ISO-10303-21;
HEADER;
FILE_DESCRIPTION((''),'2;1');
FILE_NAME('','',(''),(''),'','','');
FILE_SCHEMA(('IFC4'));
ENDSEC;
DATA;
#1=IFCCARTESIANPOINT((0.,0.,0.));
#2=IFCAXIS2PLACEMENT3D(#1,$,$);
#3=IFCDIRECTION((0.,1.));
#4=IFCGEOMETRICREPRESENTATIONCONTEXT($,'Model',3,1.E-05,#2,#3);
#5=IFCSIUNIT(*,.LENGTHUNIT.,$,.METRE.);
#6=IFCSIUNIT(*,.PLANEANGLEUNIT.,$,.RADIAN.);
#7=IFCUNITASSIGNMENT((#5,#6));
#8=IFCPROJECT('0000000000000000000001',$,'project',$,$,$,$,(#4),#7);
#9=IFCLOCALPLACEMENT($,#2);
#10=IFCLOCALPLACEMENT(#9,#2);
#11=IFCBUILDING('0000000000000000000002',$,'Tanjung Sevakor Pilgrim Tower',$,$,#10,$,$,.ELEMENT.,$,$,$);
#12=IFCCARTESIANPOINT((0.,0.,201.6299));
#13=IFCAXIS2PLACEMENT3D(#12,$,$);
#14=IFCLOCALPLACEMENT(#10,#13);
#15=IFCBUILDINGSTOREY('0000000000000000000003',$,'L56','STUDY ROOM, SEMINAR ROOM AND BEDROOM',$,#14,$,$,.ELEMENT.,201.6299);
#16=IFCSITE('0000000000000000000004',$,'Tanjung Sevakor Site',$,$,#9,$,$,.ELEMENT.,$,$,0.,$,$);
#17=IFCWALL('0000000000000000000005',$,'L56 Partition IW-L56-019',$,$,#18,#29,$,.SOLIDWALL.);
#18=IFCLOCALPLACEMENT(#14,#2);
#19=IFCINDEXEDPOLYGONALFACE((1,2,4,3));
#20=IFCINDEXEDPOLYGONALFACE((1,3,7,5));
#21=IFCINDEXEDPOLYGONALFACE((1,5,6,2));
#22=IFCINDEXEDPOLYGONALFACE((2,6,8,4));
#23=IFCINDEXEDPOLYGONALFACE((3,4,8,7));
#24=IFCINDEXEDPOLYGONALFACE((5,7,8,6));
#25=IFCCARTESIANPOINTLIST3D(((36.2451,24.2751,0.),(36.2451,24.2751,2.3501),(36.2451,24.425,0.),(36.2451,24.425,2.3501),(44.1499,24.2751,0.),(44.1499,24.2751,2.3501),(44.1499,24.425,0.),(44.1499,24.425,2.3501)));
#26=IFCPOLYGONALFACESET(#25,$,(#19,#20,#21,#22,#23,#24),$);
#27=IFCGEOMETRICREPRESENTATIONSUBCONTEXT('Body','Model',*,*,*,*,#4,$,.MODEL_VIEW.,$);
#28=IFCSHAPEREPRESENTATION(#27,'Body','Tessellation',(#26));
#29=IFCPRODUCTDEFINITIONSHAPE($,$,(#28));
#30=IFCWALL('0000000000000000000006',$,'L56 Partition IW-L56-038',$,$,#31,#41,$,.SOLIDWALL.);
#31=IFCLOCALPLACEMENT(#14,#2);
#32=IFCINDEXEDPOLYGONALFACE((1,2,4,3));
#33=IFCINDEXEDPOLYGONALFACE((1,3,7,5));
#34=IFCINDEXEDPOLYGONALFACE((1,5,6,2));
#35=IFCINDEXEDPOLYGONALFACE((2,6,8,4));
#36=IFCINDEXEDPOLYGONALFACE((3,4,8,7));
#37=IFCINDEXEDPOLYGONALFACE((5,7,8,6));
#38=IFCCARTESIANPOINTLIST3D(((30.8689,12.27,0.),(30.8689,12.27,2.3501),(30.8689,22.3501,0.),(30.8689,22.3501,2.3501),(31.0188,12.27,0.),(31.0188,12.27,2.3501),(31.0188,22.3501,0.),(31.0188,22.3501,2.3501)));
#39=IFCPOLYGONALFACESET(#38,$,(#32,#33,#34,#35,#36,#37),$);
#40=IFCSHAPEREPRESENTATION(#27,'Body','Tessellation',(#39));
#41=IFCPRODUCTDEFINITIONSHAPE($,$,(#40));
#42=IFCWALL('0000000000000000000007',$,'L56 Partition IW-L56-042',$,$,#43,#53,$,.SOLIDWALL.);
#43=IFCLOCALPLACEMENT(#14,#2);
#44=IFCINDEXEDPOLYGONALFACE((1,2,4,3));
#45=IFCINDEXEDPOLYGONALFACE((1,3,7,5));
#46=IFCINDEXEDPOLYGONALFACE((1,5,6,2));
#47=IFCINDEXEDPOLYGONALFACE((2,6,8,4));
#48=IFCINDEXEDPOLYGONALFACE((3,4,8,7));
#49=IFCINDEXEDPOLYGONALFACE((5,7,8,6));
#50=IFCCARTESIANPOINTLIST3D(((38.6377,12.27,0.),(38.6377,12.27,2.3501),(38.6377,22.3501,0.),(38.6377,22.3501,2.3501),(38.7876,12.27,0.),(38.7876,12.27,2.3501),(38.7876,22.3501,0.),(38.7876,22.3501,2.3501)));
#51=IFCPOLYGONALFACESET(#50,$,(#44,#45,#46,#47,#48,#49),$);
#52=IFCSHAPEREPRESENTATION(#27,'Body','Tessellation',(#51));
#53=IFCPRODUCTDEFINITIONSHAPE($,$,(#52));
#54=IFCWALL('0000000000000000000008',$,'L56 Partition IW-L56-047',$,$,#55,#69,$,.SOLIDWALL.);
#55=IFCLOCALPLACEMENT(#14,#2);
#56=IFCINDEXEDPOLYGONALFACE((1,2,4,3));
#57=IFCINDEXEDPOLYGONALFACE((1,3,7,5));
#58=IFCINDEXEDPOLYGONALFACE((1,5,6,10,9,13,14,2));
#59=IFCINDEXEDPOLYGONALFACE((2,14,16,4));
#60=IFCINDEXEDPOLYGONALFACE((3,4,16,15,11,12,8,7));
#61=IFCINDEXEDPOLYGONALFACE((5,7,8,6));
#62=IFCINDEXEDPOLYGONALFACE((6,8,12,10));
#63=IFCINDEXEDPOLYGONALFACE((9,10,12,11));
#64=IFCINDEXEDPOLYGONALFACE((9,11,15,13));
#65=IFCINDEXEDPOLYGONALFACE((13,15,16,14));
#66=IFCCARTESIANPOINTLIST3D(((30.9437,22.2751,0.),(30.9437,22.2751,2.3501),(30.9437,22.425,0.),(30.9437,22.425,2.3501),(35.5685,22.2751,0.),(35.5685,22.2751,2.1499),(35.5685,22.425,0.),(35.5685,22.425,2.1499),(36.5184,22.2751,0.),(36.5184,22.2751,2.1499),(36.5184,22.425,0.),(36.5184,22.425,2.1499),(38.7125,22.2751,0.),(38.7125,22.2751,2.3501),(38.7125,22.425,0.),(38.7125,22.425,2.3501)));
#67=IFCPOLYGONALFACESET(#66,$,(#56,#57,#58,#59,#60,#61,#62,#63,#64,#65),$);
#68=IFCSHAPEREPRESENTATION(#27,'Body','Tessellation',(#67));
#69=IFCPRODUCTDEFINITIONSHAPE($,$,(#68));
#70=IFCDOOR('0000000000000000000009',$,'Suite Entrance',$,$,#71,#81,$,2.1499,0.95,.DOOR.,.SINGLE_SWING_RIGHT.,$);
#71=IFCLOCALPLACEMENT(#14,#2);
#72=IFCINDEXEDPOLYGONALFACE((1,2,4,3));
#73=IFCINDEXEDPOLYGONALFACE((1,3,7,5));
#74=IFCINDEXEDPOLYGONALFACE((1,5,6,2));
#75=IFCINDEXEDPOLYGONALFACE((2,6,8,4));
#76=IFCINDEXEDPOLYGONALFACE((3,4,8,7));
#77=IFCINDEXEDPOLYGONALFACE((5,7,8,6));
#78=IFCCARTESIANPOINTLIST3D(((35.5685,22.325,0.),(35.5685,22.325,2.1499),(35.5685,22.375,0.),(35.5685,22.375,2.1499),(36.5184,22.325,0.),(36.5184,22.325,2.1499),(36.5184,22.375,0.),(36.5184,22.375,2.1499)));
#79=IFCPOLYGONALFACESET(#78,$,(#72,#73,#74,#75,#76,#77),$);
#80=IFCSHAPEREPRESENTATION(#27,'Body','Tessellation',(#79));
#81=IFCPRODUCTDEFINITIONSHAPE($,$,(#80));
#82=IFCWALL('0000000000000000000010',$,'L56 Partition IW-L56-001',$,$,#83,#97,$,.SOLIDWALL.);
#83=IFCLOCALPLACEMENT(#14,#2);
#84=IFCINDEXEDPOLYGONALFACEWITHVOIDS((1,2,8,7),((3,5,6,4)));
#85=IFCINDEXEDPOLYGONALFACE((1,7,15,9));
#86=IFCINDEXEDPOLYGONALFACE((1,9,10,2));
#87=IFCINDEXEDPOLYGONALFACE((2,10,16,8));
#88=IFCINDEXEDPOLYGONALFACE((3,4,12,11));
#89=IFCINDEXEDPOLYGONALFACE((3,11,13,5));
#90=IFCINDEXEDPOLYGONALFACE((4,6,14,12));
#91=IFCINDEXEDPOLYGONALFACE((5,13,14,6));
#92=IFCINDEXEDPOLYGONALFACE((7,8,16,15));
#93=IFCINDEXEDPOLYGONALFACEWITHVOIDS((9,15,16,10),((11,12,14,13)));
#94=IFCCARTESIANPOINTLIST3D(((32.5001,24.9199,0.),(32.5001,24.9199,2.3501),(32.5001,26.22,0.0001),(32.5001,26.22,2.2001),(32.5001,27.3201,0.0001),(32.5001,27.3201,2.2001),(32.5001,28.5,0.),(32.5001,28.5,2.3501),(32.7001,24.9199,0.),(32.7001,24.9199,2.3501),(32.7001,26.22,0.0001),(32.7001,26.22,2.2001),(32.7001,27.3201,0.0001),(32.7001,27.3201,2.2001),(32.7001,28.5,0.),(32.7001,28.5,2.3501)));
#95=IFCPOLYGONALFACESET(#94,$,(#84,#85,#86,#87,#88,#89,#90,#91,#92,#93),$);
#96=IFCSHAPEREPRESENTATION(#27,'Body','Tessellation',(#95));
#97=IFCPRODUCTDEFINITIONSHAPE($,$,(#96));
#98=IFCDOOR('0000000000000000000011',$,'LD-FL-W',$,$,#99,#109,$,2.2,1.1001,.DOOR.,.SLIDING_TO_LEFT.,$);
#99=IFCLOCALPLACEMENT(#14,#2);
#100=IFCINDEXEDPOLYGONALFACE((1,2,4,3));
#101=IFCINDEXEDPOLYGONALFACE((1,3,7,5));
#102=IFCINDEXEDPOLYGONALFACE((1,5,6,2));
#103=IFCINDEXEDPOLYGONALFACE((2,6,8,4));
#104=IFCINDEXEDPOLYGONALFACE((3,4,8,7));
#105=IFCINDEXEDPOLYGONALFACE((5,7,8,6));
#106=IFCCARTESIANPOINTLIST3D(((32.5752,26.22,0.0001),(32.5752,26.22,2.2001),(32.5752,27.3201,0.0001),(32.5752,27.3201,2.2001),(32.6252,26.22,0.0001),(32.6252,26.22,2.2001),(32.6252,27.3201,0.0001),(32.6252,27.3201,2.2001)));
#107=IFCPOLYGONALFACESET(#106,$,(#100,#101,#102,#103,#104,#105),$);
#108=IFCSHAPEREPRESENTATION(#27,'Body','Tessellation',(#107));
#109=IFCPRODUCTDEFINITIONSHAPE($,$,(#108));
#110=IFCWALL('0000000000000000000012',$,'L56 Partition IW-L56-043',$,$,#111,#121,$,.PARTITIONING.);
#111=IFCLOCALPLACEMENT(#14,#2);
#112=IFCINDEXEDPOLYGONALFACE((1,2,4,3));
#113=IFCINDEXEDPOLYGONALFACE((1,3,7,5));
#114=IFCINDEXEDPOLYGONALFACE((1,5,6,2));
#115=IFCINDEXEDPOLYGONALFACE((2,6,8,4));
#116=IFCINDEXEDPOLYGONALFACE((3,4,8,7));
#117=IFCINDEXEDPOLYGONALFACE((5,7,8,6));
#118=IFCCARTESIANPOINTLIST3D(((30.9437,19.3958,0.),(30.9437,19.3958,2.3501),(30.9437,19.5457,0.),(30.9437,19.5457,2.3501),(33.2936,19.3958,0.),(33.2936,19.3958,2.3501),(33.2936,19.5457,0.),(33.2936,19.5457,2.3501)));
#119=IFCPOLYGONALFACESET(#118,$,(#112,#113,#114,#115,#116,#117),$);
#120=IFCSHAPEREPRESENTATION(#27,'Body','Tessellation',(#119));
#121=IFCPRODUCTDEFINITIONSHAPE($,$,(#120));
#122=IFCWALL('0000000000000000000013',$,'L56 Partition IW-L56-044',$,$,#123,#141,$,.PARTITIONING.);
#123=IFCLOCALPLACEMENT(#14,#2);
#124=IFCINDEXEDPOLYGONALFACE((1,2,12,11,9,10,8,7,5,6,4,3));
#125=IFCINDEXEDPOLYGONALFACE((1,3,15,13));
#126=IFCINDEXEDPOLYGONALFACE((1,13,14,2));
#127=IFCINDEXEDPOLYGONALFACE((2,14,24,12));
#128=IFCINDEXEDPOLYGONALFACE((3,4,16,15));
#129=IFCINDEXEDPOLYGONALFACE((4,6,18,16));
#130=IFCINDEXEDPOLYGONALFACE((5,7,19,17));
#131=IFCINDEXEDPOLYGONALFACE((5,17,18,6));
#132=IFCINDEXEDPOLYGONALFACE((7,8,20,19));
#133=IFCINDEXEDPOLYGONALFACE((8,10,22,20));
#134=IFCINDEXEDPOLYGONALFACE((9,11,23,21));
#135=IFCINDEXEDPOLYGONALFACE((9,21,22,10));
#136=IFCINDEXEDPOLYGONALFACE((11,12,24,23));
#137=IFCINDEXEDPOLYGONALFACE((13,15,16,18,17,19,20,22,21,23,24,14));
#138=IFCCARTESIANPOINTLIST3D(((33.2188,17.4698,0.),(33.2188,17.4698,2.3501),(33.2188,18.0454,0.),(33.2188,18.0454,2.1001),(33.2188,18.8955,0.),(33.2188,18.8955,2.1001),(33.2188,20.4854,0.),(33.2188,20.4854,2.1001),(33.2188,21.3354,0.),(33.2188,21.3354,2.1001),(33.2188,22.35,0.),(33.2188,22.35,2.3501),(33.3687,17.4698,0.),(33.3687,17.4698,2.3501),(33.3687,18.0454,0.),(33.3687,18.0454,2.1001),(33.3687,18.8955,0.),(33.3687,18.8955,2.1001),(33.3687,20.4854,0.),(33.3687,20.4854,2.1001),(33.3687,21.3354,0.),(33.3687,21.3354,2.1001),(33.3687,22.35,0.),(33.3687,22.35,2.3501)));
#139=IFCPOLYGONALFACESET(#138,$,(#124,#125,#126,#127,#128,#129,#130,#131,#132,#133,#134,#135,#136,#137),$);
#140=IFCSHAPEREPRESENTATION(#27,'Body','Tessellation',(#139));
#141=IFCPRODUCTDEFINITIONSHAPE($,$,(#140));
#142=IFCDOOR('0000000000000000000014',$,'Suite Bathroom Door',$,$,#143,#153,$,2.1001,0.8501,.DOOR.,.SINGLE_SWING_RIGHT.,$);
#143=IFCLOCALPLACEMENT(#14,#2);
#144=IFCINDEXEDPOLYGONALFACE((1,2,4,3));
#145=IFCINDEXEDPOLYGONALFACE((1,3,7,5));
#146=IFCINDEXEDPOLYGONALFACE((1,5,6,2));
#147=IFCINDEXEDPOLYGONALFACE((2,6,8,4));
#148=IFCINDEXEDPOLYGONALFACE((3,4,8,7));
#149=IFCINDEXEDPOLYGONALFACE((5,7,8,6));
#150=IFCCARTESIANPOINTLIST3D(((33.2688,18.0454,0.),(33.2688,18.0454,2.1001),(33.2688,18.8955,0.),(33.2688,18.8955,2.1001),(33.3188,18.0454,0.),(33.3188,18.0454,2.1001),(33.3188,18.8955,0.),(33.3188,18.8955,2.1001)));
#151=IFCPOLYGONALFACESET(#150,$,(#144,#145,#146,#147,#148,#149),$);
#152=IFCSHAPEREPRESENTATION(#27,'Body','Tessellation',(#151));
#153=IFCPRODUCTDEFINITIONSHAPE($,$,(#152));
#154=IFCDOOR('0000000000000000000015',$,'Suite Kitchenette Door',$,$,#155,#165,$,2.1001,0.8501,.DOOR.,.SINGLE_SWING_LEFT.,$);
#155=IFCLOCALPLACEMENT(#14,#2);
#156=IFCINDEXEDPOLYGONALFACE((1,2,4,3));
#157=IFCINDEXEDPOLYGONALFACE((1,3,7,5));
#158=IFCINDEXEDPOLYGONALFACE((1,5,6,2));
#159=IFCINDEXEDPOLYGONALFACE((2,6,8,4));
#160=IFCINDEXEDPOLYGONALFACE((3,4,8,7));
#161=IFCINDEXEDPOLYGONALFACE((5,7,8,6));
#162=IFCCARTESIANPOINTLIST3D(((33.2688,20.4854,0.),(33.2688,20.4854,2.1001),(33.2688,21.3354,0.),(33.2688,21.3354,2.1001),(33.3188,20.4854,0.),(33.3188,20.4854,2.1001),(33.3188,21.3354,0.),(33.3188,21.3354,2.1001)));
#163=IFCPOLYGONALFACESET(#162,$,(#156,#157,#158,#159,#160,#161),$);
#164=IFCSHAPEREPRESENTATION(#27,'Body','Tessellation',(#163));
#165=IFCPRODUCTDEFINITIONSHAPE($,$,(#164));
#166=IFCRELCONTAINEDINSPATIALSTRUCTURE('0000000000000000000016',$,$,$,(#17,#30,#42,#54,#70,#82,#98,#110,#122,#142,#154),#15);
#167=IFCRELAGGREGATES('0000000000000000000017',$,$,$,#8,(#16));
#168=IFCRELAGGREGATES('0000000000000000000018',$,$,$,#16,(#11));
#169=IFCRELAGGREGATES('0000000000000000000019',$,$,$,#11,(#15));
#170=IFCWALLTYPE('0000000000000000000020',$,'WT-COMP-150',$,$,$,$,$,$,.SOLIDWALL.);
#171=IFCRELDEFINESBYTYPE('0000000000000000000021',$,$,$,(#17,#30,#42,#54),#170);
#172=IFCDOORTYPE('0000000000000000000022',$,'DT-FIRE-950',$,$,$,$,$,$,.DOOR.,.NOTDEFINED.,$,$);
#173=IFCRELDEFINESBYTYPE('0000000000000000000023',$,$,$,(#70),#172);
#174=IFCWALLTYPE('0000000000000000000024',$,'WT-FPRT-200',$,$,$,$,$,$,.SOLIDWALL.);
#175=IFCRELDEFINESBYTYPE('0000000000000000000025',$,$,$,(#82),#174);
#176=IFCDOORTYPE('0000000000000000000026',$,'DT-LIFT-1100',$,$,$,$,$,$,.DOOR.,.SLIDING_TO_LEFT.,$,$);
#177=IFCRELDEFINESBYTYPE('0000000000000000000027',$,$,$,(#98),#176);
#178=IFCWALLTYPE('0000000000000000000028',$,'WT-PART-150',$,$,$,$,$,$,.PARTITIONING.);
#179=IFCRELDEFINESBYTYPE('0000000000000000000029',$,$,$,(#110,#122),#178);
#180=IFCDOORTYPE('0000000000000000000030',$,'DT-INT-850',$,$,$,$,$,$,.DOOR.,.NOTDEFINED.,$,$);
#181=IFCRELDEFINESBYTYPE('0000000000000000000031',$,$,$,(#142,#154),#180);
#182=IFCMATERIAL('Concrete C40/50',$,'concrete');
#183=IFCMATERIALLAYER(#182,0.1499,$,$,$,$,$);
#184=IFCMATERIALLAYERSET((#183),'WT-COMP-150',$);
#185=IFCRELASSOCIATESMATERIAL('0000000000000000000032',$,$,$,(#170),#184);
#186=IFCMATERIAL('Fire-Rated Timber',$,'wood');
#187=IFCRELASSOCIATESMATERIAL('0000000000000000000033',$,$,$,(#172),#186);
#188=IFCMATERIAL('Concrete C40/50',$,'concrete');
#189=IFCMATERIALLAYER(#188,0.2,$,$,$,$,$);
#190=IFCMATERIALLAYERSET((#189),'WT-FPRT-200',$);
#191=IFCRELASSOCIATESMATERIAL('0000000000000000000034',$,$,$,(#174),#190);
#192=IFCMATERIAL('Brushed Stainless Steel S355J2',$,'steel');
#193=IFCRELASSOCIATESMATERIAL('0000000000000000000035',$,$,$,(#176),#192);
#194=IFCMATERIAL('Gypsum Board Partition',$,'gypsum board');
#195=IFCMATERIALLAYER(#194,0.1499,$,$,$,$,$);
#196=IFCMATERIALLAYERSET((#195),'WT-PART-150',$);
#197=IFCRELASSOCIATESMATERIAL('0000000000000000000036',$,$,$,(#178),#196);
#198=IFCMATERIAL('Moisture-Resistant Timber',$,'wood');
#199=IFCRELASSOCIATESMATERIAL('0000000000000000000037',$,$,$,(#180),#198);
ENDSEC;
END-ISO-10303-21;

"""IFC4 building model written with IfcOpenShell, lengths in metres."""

from ifc_helpers import new_model, si_unit, direction, frame, frame_2d, origin, place, context, subcontext, project, spatial, rectangle, extrude, material, layer, layer_set, type_object, element, fill, save


model = new_model("IFC4")

# Units and contexts
model_context = context("Model", 3, precision=1e-05, world=origin(), true_north=direction((0.0, 1.0)))
body_context = subcontext(model_context, "Body", "Model", "MODEL_VIEW")
ifc_project = project(units=[si_unit("LENGTHUNIT", "METRE"), si_unit("PLANEANGLEUNIT", "RADIAN")], contexts=[model_context])

# Site, building, storey
site_placement = place(None, origin())
site = spatial("IfcSite", under=ifc_project, at=site_placement, Name="Tanjung Sevakor Site", CompositionType="ELEMENT", RefElevation=0.0)
building_placement = place(site_placement, origin())
building = spatial("IfcBuilding", under=site, at=building_placement, Name="Tanjung Sevakor Pilgrim Tower", CompositionType="ELEMENT")
storey_placement = place(building_placement, frame((0.0, 0.0, 201.6299)))
storey = spatial("IfcBuildingStorey", under=building, at=storey_placement, Name="L56", Description="STUDY ROOM, SEMINAR ROOM AND BEDROOM", CompositionType="ELEMENT", Elevation=201.6299)

# Walls
ifc_material_1 = material(Name="Concrete C40/50", Category="concrete")
ifc_layer_1 = layer(ifc_material_1, 0.1499)
ifc_layer_set_1 = layer_set([ifc_layer_1], Name="WT-COMP-150")
wall_type_1 = type_object("IfcWallType", Name="WT-COMP-150", PredefinedType="SOLIDWALL", material=ifc_layer_set_1)
wall_1_placement = place(storey_placement, frame((36.2451, 24.3501, 0.0), z_axis=(0.0, 0.0, 1.0), x_axis=(1.0, 0.0, 0.0)))
element("IfcWall", 1, at=wall_1_placement, inside=storey, type_object=wall_type_1, Name="L56 Partition IW-L56-019", PredefinedType="SOLIDWALL", context=body_context, shape_type="SweptSolid", body=[
    extrude(rectangle(XDim=7.9048, YDim=0.1499, at=frame_2d((3.9524, 0.0))), origin(), (0.0, 0.0, 1.0), 2.3501),
])
for number, where, z_axis, x_axis, name in (
    (2, (30.9438, 12.27, 0.0), (0.0, 0.0, 1.0), (0.0, 1.0, 0.0), "L56 Partition IW-L56-038"),
    (3, (38.7126, 12.27, 0.0), (0.0, 0.0, 1.0), (0.0, 1.0, 0.0), "L56 Partition IW-L56-042"),
):
    element("IfcWall", number, at=place(storey_placement, frame(where, z_axis=z_axis, x_axis=x_axis)), inside=storey, type_object=wall_type_1, Name=name, PredefinedType="SOLIDWALL", context=body_context, shape_type="SweptSolid", body=[
        extrude(rectangle(XDim=10.0801, YDim=0.1499, at=frame_2d((5.04, 0.0))), origin(), (0.0, 0.0, 1.0), 2.3501),
    ])

# Walls, openings, doors
wall_2_placement = place(storey_placement, frame((30.9438, 22.3501, 0.0), z_axis=(0.0, 0.0, 1.0), x_axis=(1.0, 0.0, 0.0)))
wall_2 = element("IfcWall", 4, at=wall_2_placement, inside=storey, type_object=wall_type_1, Name="L56 Partition IW-L56-047", PredefinedType="SOLIDWALL", context=body_context, shape_type="SweptSolid", body=[
    extrude(rectangle(XDim=7.7688, YDim=0.1499, at=frame_2d((3.8843, 0.0))), origin(), (0.0, 0.0, 1.0), 2.3501),
])
opening_1_placement = place(wall_2_placement, frame((4.6245, 0.0, 0.0)))
opening_1 = element("IfcOpeningElement", 5, at=opening_1_placement, cuts=wall_2, PredefinedType="OPENING", context=body_context, shape_type="SweptSolid", body=[
    extrude(rectangle(XDim=0.95, YDim=2.1499, at=frame_2d((0.4751, 1.075))), frame((0.0, 0.085, 0.0), z_axis=(0.0, -1.0, 0.0), x_axis=(1.0, 0.0, 0.0)), (0.0, 0.0, 1.0), 0.1699),
])
ifc_material_2 = material(Name="Fire-Rated Timber", Category="wood")
door_type_1 = type_object("IfcDoorType", Name="DT-FIRE-950", OperationType="NOTDEFINED", PredefinedType="DOOR", material=ifc_material_2)
door_1_placement = place(opening_1_placement, origin())
door_1 = element("IfcDoor", 6, at=door_1_placement, inside=storey, type_object=door_type_1, Name="Suite Entrance", OperationType="SINGLE_SWING_RIGHT", OverallHeight=2.1499, OverallWidth=0.95, PredefinedType="DOOR", context=body_context, shape_type="SweptSolid", body=[
    extrude(rectangle(XDim=0.95, YDim=2.1499, at=frame_2d((0.4751, 1.075))), frame((0.0, 0.0249, 0.0), z_axis=(0.0, -1.0, 0.0), x_axis=(1.0, 0.0, 0.0)), (0.0, 0.0, 1.0), 0.05),
])
fill(opening_1, door_1)
ifc_material_3 = material(Name="Concrete C40/50", Category="concrete")
ifc_layer_2 = layer(ifc_material_3, 0.2)
ifc_layer_set_2 = layer_set([ifc_layer_2], Name="WT-FPRT-200")
wall_type_2 = type_object("IfcWallType", Name="WT-FPRT-200", PredefinedType="SOLIDWALL", material=ifc_layer_set_2)
wall_3_placement = place(storey_placement, frame((32.6001, 24.9199, 0.0), z_axis=(0.0, 0.0, 1.0), x_axis=(0.0, 1.0, 0.0)))
wall_3 = element("IfcWall", 7, at=wall_3_placement, inside=storey, type_object=wall_type_2, Name="L56 Partition IW-L56-001", PredefinedType="SOLIDWALL", context=body_context, shape_type="SweptSolid", body=[
    extrude(rectangle(XDim=3.5801, YDim=0.2, at=frame_2d((1.79, 0.0))), origin(), (0.0, 0.0, 1.0), 2.3501),
])
opening_2_placement = place(wall_3_placement, frame((1.3, 0.0, 0.0)))
opening_2 = element("IfcOpeningElement", 8, at=opening_2_placement, cuts=wall_3, PredefinedType="OPENING", context=body_context, shape_type="SweptSolid", body=[
    extrude(rectangle(XDim=1.1001, YDim=2.2, at=frame_2d((0.55, 1.1001))), frame((0.0, 0.1099, 0.0), z_axis=(0.0, -1.0, 0.0), x_axis=(1.0, 0.0, 0.0)), (0.0, 0.0, 1.0), 0.22),
])
ifc_material_4 = material(Name="Brushed Stainless Steel S355J2", Category="steel")
door_type_2 = type_object("IfcDoorType", Name="DT-LIFT-1100", OperationType="SLIDING_TO_LEFT", PredefinedType="DOOR", material=ifc_material_4)
door_2_placement = place(opening_2_placement, origin())
door_2 = element("IfcDoor", 9, at=door_2_placement, inside=storey, type_object=door_type_2, Name="LD-FL-W", OperationType="SLIDING_TO_LEFT", OverallHeight=2.2, OverallWidth=1.1001, PredefinedType="DOOR", context=body_context, shape_type="SweptSolid", body=[
    extrude(rectangle(XDim=1.1001, YDim=2.2, at=frame_2d((0.55, 1.1001))), frame((0.0, 0.0249, 0.0), z_axis=(0.0, -1.0, 0.0), x_axis=(1.0, 0.0, 0.0)), (0.0, 0.0, 1.0), 0.05),
])
fill(opening_2, door_2)

# Wall
ifc_material_5 = material(Name="Gypsum Board Partition", Category="gypsum board")
ifc_layer_3 = layer(ifc_material_5, 0.1499)
ifc_layer_set_3 = layer_set([ifc_layer_3], Name="WT-PART-150")
wall_type_3 = type_object("IfcWallType", Name="WT-PART-150", PredefinedType="PARTITIONING", material=ifc_layer_set_3)
wall_4_placement = place(storey_placement, frame((30.9438, 19.4707, 0.0), z_axis=(0.0, 0.0, 1.0), x_axis=(1.0, 0.0, 0.0)))
element("IfcWall", 10, at=wall_4_placement, inside=storey, type_object=wall_type_3, Name="L56 Partition IW-L56-043", PredefinedType="PARTITIONING", context=body_context, shape_type="SweptSolid", body=[
    extrude(rectangle(XDim=2.3499, YDim=0.1499, at=frame_2d((1.1748, 0.0))), origin(), (0.0, 0.0, 1.0), 2.3501),
])

# Wall, openings, doors
wall_5_placement = place(storey_placement, frame((33.2937, 17.47, 0.0), z_axis=(0.0, 0.0, 1.0), x_axis=(0.0, 1.0, 0.0)))
wall_5 = element("IfcWall", 11, at=wall_5_placement, inside=storey, type_object=wall_type_3, Name="L56 Partition IW-L56-044", PredefinedType="PARTITIONING", context=body_context, shape_type="SweptSolid", body=[
    extrude(rectangle(XDim=4.8801, YDim=0.1499, at=frame_2d((2.4399, 0.0))), origin(), (0.0, 0.0, 1.0), 2.3501),
])
opening_3_placement = place(wall_5_placement, frame((0.5754, 0.0, 0.0)))
opening_3 = element("IfcOpeningElement", 12, at=opening_3_placement, cuts=wall_5, PredefinedType="OPENING", context=body_context, shape_type="SweptSolid", body=[
    extrude(rectangle(XDim=0.8501, YDim=2.1001, at=frame_2d((0.425, 1.05))), frame((0.0, 0.085, 0.0), z_axis=(0.0, -1.0, 0.0), x_axis=(1.0, 0.0, 0.0)), (0.0, 0.0, 1.0), 0.1699),
])
opening_4_placement = place(wall_5_placement, frame((3.0154, 0.0, 0.0)))
opening_4 = element("IfcOpeningElement", 13, at=opening_4_placement, cuts=wall_5, PredefinedType="OPENING", context=body_context, shape_type="SweptSolid", body=[
    extrude(rectangle(XDim=0.8501, YDim=2.1001, at=frame_2d((0.425, 1.05))), frame((0.0, 0.085, 0.0), z_axis=(0.0, -1.0, 0.0), x_axis=(1.0, 0.0, 0.0)), (0.0, 0.0, 1.0), 0.1699),
])
ifc_material_6 = material(Name="Moisture-Resistant Timber", Category="wood")
door_type_3 = type_object("IfcDoorType", Name="DT-INT-850", OperationType="NOTDEFINED", PredefinedType="DOOR", material=ifc_material_6)
door_3_placement = place(opening_3_placement, origin())
door_3 = element("IfcDoor", 14, at=door_3_placement, inside=storey, type_object=door_type_3, Name="Suite Bathroom Door", OperationType="SINGLE_SWING_RIGHT", OverallHeight=2.1001, OverallWidth=0.8501, PredefinedType="DOOR", context=body_context, shape_type="SweptSolid", body=[
    extrude(rectangle(XDim=0.8501, YDim=2.1001, at=frame_2d((0.425, 1.05))), frame((0.0, 0.0249, 0.0), z_axis=(0.0, -1.0, 0.0), x_axis=(1.0, 0.0, 0.0)), (0.0, 0.0, 1.0), 0.05),
])
fill(opening_3, door_3)
door_4_placement = place(opening_4_placement, origin())
door_4 = element("IfcDoor", 15, at=door_4_placement, inside=storey, type_object=door_type_3, Name="Suite Kitchenette Door", OperationType="SINGLE_SWING_LEFT", OverallHeight=2.1001, OverallWidth=0.8501, PredefinedType="DOOR", context=body_context, shape_type="SweptSolid", body=[
    extrude(rectangle(XDim=0.8501, YDim=2.1001, at=frame_2d((0.425, 1.05))), frame((0.0, 0.0249, 0.0), z_axis=(0.0, -1.0, 0.0), x_axis=(1.0, 0.0, 0.0)), (0.0, 0.0, 1.0), 0.05),
])
fill(opening_4, door_4)

save(model, "model.ifc")
